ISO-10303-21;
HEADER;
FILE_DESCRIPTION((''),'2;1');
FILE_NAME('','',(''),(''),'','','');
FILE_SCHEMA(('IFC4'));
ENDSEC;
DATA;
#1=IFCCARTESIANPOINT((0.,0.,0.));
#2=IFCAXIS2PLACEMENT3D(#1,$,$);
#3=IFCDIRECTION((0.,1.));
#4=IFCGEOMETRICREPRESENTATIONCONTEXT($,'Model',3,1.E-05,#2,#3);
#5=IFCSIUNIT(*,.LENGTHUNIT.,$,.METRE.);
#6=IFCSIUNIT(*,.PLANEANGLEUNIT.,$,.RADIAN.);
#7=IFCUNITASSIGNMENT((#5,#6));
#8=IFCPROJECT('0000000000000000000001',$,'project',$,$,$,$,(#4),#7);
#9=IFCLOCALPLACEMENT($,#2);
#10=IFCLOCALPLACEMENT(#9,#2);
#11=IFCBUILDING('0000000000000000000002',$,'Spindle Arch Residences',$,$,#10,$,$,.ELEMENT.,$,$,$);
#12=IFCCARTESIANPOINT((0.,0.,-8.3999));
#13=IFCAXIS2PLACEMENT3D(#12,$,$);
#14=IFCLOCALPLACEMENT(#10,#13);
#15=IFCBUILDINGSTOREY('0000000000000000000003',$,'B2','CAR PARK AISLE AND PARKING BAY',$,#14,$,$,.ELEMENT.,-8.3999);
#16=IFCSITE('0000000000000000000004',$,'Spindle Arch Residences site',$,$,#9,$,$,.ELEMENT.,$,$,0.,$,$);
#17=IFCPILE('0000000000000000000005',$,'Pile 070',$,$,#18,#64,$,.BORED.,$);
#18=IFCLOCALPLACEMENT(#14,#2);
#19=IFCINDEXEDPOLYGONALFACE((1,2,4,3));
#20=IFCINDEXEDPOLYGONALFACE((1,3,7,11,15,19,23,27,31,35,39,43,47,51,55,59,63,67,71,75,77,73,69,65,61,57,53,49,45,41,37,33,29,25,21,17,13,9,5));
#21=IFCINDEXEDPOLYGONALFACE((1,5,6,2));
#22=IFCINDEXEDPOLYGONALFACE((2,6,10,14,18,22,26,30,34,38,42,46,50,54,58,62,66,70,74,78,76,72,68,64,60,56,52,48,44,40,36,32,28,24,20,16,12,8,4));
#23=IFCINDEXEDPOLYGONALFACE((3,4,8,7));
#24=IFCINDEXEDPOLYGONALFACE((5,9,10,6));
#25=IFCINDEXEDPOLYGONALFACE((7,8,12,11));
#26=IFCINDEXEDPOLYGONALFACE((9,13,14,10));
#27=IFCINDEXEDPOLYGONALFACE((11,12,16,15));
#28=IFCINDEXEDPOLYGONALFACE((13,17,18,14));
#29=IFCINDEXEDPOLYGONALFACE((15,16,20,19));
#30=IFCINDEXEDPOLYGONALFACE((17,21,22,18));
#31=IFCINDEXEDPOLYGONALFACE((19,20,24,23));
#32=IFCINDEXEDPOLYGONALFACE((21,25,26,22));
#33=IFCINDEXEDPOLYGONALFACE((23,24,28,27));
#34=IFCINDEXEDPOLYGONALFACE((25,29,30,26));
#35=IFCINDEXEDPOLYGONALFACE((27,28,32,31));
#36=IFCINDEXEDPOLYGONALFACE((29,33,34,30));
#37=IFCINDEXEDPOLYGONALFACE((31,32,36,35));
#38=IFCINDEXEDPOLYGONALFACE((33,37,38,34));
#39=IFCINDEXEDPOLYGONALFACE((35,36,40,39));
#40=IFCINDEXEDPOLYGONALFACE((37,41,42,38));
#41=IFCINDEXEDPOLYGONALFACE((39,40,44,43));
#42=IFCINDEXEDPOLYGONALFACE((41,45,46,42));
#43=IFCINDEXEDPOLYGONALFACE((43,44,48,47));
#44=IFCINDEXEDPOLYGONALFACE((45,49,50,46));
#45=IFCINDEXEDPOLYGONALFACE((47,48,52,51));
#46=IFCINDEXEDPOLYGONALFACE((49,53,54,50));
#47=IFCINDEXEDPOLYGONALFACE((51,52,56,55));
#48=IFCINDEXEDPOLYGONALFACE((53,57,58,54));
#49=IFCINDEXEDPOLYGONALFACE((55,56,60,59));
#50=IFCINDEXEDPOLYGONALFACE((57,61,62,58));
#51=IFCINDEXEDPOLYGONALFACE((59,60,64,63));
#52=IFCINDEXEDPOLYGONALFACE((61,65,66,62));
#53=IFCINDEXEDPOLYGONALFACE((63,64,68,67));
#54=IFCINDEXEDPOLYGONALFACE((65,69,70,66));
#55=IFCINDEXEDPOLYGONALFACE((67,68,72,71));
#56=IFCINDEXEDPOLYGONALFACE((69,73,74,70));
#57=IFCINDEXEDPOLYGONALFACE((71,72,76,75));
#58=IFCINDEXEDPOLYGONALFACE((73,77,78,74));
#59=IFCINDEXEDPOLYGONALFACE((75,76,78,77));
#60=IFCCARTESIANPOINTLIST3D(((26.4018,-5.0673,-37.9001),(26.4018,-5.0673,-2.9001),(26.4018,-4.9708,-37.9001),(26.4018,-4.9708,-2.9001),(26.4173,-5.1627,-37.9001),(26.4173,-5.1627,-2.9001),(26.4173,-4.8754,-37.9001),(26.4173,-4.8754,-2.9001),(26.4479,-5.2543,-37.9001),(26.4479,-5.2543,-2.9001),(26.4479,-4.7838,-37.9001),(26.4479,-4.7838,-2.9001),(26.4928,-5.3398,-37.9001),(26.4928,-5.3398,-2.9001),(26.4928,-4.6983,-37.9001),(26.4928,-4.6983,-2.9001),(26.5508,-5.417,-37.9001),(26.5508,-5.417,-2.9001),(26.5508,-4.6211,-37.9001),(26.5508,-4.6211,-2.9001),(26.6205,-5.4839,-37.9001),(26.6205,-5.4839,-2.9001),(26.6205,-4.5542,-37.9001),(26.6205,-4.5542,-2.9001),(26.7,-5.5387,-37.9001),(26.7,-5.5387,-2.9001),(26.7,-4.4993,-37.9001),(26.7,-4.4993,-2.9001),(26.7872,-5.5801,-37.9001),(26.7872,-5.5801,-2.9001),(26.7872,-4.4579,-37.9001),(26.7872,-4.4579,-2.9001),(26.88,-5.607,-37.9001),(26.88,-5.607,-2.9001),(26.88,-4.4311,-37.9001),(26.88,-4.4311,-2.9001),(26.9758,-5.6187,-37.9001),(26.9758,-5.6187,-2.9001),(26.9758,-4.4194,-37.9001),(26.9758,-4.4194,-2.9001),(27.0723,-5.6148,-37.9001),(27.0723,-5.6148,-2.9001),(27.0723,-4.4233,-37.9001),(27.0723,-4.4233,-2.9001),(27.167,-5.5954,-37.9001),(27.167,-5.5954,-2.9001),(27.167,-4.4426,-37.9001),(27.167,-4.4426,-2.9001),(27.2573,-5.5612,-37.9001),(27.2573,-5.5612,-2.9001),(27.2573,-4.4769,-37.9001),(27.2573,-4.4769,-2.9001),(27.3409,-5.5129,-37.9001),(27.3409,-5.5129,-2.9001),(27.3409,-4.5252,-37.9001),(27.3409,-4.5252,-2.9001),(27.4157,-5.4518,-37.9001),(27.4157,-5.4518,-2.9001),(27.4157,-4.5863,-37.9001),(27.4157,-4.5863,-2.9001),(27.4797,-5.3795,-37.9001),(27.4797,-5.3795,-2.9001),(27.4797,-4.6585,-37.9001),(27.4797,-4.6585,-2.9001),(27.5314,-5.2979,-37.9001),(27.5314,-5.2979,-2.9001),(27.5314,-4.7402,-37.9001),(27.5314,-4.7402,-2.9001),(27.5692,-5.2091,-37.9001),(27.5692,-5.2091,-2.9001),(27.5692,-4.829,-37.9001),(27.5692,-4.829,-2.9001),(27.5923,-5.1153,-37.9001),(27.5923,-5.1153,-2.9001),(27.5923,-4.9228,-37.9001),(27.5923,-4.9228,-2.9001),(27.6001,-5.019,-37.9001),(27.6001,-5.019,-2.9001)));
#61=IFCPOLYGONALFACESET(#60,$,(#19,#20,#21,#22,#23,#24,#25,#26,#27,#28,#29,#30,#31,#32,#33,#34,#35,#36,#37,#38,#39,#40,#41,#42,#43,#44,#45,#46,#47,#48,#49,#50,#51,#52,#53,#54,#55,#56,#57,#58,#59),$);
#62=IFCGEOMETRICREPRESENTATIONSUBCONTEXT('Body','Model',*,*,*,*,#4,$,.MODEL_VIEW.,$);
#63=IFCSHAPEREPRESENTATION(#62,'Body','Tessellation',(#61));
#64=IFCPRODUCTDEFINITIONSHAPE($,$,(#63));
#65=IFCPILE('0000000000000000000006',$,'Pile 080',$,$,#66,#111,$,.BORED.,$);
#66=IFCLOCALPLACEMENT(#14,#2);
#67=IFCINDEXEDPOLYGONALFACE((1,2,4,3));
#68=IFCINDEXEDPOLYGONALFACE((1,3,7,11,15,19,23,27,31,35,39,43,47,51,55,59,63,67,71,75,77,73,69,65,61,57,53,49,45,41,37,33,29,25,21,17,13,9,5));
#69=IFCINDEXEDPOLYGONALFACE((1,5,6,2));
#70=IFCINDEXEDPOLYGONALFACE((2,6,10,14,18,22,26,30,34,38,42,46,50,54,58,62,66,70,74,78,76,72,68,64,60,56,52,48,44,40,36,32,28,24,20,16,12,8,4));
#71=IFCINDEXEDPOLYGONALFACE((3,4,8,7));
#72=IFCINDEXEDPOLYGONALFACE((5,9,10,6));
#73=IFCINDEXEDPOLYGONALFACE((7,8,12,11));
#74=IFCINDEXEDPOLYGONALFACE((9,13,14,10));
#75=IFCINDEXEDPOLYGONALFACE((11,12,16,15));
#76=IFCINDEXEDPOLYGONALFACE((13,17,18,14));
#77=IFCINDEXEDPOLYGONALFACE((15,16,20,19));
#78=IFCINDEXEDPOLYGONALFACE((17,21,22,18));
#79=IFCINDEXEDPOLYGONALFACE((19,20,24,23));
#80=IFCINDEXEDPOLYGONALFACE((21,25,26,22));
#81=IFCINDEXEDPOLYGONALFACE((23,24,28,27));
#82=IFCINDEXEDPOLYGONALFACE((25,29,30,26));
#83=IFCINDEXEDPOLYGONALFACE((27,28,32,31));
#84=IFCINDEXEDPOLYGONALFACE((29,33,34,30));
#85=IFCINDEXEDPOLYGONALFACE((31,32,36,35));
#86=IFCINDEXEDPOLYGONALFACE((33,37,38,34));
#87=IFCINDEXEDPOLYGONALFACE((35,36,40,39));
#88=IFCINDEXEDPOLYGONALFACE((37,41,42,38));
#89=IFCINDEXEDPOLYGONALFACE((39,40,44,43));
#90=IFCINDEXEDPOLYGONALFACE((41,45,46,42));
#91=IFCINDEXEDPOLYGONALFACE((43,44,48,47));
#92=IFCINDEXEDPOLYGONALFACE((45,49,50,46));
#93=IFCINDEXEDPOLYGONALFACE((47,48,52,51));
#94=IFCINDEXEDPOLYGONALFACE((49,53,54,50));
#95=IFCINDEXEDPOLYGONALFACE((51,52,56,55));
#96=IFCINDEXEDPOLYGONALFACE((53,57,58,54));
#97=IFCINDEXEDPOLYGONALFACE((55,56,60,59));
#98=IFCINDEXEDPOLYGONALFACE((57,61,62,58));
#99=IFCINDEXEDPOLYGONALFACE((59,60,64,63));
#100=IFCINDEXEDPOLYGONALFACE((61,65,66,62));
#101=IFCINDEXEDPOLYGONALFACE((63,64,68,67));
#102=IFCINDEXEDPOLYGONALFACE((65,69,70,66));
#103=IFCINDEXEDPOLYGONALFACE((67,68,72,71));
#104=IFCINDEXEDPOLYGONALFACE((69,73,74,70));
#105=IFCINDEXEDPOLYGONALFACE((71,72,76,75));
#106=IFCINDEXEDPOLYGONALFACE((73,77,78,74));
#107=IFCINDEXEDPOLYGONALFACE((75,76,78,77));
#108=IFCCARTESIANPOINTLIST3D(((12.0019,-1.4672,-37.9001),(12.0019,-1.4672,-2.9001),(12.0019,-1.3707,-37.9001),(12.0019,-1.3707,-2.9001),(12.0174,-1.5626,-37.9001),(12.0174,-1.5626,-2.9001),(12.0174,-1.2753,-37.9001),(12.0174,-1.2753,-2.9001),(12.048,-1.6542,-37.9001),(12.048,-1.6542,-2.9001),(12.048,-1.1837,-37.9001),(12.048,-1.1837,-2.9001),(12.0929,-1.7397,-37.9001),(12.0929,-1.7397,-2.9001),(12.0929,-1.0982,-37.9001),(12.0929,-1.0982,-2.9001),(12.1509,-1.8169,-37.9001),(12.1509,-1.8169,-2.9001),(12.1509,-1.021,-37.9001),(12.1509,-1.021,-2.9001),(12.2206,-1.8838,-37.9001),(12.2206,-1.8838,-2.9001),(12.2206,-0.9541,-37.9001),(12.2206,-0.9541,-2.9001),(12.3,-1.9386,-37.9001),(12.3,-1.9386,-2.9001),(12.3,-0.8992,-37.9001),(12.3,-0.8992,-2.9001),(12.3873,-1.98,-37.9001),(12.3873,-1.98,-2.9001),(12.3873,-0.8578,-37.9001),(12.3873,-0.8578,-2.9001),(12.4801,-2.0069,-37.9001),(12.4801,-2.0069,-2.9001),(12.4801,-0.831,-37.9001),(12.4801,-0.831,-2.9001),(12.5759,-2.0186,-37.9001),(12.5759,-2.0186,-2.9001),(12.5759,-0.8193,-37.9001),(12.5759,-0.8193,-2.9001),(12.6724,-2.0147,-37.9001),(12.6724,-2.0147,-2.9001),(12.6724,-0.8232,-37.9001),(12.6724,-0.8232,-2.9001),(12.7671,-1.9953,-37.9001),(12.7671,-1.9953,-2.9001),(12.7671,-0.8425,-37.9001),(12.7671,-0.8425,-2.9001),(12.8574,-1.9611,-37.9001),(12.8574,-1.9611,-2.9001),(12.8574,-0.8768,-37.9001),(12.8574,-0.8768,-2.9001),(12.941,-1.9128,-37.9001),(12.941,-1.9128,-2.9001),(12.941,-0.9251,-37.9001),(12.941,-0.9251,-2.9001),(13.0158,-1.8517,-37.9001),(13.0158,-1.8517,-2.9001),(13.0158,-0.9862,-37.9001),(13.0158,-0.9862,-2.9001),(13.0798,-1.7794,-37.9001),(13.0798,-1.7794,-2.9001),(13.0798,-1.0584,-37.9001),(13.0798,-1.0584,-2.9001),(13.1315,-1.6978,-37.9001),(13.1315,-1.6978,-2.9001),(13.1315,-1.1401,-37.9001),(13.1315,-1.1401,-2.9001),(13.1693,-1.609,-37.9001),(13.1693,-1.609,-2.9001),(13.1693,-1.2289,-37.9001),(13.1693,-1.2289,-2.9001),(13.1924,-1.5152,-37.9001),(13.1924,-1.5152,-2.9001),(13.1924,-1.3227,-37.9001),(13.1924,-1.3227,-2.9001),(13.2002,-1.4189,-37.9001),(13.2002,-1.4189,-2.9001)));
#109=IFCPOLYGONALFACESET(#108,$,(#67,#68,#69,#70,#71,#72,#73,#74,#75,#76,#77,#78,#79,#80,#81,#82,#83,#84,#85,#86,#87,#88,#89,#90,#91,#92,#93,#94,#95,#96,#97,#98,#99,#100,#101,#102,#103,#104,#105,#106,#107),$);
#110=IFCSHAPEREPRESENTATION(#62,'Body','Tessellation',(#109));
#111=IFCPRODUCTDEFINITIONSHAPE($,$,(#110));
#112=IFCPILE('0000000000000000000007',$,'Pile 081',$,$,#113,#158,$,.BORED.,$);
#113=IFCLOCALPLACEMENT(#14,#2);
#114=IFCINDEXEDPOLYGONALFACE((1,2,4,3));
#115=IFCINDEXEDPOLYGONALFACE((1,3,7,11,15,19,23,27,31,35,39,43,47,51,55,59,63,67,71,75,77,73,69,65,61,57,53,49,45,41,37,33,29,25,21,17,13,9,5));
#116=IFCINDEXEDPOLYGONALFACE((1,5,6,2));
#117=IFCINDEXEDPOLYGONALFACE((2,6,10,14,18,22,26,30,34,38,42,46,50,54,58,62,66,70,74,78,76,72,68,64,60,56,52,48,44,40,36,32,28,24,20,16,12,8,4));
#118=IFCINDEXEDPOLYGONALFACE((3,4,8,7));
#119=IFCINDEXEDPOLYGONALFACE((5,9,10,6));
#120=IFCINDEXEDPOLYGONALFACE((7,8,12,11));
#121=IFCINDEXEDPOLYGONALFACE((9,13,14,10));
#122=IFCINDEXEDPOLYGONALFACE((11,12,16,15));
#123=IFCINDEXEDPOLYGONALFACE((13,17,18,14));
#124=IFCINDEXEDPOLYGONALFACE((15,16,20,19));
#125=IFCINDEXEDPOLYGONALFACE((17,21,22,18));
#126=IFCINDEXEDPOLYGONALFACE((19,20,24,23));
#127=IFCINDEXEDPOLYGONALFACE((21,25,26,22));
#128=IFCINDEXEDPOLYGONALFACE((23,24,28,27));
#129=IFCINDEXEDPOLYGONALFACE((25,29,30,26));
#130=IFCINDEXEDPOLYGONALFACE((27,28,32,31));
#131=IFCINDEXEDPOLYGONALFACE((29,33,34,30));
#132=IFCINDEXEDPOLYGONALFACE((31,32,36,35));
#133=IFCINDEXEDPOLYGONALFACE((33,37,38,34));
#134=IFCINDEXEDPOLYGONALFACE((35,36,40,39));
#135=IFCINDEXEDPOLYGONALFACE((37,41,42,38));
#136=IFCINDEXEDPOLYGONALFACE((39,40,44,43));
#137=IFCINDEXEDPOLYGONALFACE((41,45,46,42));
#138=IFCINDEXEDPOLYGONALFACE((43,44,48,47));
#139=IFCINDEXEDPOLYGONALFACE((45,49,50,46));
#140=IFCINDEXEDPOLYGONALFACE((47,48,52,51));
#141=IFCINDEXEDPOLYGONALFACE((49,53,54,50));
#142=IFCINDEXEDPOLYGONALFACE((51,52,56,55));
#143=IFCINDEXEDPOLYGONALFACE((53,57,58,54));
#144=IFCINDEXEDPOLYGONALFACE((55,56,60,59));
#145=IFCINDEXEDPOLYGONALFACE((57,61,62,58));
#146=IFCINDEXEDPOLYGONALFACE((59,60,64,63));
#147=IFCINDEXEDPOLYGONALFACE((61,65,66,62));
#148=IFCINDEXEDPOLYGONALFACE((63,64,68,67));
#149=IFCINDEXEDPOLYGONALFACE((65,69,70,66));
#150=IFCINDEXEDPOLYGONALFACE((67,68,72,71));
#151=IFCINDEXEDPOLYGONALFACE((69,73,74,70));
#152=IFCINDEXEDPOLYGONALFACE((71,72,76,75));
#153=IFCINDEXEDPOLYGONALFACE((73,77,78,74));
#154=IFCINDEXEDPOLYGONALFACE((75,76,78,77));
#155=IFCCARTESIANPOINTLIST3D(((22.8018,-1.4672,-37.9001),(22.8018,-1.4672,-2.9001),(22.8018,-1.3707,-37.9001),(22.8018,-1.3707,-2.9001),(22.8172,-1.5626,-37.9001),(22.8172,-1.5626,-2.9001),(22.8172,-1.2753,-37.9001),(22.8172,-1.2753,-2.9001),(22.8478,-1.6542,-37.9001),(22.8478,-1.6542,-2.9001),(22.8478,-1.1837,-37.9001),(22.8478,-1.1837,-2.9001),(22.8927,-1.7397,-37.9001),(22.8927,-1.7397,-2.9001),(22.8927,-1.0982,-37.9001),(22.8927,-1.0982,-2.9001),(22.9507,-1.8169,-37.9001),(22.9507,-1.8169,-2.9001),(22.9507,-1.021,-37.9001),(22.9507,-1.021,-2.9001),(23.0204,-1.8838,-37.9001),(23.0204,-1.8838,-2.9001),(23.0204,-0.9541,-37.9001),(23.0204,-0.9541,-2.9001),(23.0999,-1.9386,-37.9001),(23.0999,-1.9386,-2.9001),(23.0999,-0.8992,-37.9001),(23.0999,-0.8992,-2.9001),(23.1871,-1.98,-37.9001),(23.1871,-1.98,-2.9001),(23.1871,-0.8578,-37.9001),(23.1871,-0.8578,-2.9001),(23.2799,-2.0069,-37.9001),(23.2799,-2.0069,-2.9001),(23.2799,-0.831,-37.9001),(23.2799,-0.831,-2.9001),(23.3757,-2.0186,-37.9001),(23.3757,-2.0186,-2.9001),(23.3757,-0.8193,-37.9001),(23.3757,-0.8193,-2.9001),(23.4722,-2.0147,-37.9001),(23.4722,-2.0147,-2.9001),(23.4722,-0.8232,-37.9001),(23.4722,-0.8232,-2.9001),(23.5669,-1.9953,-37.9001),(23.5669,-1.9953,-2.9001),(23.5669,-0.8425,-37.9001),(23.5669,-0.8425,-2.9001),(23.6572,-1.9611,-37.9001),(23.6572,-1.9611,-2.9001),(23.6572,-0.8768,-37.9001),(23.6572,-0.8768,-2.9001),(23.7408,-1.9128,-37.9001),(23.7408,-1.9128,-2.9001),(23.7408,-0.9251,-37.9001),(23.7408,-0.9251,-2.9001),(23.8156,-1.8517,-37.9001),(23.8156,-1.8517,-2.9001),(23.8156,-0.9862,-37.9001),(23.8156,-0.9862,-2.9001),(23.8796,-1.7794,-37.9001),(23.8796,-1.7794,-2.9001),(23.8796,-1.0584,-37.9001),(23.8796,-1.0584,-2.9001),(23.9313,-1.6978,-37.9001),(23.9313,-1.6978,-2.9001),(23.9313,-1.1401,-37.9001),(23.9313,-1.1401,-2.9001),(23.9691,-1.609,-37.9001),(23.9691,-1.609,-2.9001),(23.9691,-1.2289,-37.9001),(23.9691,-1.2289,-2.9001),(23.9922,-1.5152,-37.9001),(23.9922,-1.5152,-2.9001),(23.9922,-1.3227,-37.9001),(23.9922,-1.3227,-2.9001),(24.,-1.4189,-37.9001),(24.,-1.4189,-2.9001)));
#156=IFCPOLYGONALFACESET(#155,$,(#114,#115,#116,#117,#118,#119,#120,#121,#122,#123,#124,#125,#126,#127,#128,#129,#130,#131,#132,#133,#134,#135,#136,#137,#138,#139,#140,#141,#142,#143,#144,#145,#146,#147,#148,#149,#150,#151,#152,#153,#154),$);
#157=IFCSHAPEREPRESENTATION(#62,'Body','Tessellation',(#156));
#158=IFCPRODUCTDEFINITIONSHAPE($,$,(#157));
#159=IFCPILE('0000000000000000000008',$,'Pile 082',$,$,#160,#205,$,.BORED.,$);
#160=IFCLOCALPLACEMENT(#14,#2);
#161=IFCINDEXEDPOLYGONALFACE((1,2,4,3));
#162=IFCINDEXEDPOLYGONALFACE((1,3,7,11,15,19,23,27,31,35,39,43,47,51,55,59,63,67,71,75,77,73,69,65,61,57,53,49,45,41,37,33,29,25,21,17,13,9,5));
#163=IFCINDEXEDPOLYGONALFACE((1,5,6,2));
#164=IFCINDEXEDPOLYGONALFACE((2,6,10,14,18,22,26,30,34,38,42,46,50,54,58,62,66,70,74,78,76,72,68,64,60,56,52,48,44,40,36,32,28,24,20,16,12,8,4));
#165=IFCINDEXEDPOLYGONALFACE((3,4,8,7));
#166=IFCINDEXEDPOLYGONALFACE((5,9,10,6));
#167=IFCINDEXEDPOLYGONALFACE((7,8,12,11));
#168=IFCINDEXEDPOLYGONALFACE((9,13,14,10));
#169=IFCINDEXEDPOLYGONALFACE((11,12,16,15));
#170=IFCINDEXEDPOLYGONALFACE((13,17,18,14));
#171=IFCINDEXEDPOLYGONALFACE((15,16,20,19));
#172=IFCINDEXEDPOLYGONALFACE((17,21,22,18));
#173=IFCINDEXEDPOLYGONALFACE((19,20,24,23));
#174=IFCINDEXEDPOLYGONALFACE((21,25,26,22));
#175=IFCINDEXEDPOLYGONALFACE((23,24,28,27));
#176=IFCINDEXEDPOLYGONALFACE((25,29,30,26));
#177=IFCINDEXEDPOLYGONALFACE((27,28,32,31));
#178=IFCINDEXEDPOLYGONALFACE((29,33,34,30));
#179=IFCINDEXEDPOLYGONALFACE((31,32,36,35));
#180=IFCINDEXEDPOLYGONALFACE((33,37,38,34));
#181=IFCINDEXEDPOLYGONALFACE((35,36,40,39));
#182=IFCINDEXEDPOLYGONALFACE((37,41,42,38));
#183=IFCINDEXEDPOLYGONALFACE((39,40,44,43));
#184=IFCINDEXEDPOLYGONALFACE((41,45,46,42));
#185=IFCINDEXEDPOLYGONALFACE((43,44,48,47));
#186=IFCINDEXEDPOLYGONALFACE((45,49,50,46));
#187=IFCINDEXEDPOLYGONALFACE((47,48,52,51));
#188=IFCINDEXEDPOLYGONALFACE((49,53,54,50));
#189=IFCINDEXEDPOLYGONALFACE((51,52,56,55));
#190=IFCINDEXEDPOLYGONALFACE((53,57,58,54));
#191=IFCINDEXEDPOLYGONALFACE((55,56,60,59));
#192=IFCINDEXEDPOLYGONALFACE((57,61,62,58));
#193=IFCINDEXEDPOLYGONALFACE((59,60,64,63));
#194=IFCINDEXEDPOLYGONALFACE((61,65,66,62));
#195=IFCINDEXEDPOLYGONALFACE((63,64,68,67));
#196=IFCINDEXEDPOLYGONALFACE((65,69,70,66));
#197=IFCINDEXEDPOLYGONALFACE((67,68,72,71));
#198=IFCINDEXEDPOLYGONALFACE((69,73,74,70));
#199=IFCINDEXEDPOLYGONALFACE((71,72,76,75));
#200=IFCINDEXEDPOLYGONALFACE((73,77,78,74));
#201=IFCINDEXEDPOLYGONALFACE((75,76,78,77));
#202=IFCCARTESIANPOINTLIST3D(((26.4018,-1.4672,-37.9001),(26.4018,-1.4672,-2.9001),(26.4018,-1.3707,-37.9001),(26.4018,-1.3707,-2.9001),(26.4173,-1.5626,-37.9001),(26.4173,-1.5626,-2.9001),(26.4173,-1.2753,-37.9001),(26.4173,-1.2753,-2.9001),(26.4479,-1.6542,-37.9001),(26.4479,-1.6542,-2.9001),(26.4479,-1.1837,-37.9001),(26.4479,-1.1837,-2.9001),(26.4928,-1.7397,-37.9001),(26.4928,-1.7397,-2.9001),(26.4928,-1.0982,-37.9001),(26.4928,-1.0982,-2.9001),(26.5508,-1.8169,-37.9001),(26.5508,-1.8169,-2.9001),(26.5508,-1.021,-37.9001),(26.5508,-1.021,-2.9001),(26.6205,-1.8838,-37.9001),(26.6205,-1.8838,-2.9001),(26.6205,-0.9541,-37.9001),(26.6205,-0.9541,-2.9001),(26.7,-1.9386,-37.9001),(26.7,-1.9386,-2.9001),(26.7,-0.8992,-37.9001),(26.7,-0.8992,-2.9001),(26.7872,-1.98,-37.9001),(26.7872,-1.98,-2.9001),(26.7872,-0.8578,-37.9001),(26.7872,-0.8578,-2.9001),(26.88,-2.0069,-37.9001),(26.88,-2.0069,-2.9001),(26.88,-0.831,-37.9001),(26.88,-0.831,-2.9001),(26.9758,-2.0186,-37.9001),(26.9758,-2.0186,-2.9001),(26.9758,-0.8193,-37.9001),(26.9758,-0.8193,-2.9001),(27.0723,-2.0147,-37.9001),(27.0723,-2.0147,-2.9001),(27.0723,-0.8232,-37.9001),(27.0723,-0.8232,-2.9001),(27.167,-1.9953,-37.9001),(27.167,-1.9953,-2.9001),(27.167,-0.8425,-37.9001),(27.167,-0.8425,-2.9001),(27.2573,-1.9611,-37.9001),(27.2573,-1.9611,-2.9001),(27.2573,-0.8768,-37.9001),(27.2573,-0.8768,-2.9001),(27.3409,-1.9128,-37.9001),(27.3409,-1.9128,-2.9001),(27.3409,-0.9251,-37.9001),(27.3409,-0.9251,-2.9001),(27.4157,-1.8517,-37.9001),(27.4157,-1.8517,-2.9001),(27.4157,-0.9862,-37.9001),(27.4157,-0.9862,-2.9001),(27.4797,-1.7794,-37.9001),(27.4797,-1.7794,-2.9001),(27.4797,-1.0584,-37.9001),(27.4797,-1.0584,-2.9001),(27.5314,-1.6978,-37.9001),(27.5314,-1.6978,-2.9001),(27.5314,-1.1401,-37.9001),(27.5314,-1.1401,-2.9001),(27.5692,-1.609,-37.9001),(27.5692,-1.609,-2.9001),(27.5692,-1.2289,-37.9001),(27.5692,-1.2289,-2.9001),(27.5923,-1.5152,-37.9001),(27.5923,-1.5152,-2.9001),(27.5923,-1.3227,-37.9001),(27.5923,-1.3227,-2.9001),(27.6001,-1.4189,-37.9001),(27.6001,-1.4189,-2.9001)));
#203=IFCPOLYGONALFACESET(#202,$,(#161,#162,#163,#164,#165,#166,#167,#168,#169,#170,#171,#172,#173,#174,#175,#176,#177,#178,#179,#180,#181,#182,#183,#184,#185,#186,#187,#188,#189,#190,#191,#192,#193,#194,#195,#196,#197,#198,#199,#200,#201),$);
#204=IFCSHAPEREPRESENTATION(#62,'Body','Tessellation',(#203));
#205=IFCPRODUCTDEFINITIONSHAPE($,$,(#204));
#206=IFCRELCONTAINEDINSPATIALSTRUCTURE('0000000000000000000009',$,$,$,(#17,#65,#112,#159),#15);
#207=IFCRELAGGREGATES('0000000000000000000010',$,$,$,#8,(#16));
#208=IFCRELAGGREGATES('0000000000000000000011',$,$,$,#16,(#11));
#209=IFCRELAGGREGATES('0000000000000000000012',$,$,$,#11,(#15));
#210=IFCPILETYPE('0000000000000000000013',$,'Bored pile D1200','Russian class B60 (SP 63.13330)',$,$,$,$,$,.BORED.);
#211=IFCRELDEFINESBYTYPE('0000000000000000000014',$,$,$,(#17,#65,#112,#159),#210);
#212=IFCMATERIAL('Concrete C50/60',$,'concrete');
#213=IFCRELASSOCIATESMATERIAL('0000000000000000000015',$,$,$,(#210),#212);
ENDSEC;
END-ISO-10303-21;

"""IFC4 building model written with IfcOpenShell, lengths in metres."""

from ifc_helpers import new_model, si_unit, direction, frame, origin, origin_2d, place, context, subcontext, project, spatial, circle, extrude, material, material_profile, profile_set, type_object, element, save


model = new_model("IFC4")

# Units and contexts
model_context = context("Model", 3, precision=1e-05, world=origin(), true_north=direction((0.0, 1.0)))
body_context = subcontext(model_context, "Body", "Model", "MODEL_VIEW")
ifc_project = project(units=[si_unit("LENGTHUNIT", "METRE"), si_unit("PLANEANGLEUNIT", "RADIAN")], contexts=[model_context])

# Site, building, storey
site_placement = place(None, origin())
site = spatial("IfcSite", under=ifc_project, at=site_placement, Name="Spindle Arch Residences site", CompositionType="ELEMENT", RefElevation=0.0)
building_placement = place(site_placement, origin())
building = spatial("IfcBuilding", under=site, at=building_placement, Name="Spindle Arch Residences", CompositionType="ELEMENT")
storey_placement = place(building_placement, frame((0.0, 0.0, -8.3999)))
storey = spatial("IfcBuildingStorey", under=building, at=storey_placement, Name="B2", Description="CAR PARK AISLE AND PARKING BAY", CompositionType="ELEMENT", Elevation=-8.3999)

# Piles
ifc_material_1 = material(Name="Concrete C50/60", Category="concrete")
ifc_material_profile_1 = material_profile(ifc_material_1, circle(Radius=0.6001, at=origin_2d()), Name="BP D1200")
ifc_profile_set_1 = profile_set([ifc_material_profile_1], Name="Concrete C50/60")
pile_type = type_object("IfcPileType", Name="Bored pile D1200", Description="Russian class B60 (SP 63.13330)", PredefinedType="BORED", material=ifc_profile_set_1)
for number, where, z_axis, x_axis, name in (
    (1, (27.0, -5.019, -2.9001), (0.0, 0.0, -1.0), (1.0, 0.0, 0.0), "Pile 070"),
    (2, (12.6001, -1.4189, -2.9001), (0.0, 0.0, -1.0), (1.0, 0.0, 0.0), "Pile 080"),
    (3, (23.3999, -1.4189, -2.9001), (0.0, 0.0, -1.0), (1.0, 0.0, 0.0), "Pile 081"),
    (4, (27.0, -1.4189, -2.9001), (0.0, 0.0, -1.0), (1.0, 0.0, 0.0), "Pile 082"),
):
    element("IfcPile", number, at=place(storey_placement, frame(where, z_axis=z_axis, x_axis=x_axis)), inside=storey, type_object=pile_type, Name=name, PredefinedType="BORED", context=body_context, shape_type="SweptSolid", body=[
        extrude(circle(Radius=0.6001, at=origin_2d()), origin(), (0.0, 0.0, 1.0), 35.0),
    ])

save(model, "model.ifc")
